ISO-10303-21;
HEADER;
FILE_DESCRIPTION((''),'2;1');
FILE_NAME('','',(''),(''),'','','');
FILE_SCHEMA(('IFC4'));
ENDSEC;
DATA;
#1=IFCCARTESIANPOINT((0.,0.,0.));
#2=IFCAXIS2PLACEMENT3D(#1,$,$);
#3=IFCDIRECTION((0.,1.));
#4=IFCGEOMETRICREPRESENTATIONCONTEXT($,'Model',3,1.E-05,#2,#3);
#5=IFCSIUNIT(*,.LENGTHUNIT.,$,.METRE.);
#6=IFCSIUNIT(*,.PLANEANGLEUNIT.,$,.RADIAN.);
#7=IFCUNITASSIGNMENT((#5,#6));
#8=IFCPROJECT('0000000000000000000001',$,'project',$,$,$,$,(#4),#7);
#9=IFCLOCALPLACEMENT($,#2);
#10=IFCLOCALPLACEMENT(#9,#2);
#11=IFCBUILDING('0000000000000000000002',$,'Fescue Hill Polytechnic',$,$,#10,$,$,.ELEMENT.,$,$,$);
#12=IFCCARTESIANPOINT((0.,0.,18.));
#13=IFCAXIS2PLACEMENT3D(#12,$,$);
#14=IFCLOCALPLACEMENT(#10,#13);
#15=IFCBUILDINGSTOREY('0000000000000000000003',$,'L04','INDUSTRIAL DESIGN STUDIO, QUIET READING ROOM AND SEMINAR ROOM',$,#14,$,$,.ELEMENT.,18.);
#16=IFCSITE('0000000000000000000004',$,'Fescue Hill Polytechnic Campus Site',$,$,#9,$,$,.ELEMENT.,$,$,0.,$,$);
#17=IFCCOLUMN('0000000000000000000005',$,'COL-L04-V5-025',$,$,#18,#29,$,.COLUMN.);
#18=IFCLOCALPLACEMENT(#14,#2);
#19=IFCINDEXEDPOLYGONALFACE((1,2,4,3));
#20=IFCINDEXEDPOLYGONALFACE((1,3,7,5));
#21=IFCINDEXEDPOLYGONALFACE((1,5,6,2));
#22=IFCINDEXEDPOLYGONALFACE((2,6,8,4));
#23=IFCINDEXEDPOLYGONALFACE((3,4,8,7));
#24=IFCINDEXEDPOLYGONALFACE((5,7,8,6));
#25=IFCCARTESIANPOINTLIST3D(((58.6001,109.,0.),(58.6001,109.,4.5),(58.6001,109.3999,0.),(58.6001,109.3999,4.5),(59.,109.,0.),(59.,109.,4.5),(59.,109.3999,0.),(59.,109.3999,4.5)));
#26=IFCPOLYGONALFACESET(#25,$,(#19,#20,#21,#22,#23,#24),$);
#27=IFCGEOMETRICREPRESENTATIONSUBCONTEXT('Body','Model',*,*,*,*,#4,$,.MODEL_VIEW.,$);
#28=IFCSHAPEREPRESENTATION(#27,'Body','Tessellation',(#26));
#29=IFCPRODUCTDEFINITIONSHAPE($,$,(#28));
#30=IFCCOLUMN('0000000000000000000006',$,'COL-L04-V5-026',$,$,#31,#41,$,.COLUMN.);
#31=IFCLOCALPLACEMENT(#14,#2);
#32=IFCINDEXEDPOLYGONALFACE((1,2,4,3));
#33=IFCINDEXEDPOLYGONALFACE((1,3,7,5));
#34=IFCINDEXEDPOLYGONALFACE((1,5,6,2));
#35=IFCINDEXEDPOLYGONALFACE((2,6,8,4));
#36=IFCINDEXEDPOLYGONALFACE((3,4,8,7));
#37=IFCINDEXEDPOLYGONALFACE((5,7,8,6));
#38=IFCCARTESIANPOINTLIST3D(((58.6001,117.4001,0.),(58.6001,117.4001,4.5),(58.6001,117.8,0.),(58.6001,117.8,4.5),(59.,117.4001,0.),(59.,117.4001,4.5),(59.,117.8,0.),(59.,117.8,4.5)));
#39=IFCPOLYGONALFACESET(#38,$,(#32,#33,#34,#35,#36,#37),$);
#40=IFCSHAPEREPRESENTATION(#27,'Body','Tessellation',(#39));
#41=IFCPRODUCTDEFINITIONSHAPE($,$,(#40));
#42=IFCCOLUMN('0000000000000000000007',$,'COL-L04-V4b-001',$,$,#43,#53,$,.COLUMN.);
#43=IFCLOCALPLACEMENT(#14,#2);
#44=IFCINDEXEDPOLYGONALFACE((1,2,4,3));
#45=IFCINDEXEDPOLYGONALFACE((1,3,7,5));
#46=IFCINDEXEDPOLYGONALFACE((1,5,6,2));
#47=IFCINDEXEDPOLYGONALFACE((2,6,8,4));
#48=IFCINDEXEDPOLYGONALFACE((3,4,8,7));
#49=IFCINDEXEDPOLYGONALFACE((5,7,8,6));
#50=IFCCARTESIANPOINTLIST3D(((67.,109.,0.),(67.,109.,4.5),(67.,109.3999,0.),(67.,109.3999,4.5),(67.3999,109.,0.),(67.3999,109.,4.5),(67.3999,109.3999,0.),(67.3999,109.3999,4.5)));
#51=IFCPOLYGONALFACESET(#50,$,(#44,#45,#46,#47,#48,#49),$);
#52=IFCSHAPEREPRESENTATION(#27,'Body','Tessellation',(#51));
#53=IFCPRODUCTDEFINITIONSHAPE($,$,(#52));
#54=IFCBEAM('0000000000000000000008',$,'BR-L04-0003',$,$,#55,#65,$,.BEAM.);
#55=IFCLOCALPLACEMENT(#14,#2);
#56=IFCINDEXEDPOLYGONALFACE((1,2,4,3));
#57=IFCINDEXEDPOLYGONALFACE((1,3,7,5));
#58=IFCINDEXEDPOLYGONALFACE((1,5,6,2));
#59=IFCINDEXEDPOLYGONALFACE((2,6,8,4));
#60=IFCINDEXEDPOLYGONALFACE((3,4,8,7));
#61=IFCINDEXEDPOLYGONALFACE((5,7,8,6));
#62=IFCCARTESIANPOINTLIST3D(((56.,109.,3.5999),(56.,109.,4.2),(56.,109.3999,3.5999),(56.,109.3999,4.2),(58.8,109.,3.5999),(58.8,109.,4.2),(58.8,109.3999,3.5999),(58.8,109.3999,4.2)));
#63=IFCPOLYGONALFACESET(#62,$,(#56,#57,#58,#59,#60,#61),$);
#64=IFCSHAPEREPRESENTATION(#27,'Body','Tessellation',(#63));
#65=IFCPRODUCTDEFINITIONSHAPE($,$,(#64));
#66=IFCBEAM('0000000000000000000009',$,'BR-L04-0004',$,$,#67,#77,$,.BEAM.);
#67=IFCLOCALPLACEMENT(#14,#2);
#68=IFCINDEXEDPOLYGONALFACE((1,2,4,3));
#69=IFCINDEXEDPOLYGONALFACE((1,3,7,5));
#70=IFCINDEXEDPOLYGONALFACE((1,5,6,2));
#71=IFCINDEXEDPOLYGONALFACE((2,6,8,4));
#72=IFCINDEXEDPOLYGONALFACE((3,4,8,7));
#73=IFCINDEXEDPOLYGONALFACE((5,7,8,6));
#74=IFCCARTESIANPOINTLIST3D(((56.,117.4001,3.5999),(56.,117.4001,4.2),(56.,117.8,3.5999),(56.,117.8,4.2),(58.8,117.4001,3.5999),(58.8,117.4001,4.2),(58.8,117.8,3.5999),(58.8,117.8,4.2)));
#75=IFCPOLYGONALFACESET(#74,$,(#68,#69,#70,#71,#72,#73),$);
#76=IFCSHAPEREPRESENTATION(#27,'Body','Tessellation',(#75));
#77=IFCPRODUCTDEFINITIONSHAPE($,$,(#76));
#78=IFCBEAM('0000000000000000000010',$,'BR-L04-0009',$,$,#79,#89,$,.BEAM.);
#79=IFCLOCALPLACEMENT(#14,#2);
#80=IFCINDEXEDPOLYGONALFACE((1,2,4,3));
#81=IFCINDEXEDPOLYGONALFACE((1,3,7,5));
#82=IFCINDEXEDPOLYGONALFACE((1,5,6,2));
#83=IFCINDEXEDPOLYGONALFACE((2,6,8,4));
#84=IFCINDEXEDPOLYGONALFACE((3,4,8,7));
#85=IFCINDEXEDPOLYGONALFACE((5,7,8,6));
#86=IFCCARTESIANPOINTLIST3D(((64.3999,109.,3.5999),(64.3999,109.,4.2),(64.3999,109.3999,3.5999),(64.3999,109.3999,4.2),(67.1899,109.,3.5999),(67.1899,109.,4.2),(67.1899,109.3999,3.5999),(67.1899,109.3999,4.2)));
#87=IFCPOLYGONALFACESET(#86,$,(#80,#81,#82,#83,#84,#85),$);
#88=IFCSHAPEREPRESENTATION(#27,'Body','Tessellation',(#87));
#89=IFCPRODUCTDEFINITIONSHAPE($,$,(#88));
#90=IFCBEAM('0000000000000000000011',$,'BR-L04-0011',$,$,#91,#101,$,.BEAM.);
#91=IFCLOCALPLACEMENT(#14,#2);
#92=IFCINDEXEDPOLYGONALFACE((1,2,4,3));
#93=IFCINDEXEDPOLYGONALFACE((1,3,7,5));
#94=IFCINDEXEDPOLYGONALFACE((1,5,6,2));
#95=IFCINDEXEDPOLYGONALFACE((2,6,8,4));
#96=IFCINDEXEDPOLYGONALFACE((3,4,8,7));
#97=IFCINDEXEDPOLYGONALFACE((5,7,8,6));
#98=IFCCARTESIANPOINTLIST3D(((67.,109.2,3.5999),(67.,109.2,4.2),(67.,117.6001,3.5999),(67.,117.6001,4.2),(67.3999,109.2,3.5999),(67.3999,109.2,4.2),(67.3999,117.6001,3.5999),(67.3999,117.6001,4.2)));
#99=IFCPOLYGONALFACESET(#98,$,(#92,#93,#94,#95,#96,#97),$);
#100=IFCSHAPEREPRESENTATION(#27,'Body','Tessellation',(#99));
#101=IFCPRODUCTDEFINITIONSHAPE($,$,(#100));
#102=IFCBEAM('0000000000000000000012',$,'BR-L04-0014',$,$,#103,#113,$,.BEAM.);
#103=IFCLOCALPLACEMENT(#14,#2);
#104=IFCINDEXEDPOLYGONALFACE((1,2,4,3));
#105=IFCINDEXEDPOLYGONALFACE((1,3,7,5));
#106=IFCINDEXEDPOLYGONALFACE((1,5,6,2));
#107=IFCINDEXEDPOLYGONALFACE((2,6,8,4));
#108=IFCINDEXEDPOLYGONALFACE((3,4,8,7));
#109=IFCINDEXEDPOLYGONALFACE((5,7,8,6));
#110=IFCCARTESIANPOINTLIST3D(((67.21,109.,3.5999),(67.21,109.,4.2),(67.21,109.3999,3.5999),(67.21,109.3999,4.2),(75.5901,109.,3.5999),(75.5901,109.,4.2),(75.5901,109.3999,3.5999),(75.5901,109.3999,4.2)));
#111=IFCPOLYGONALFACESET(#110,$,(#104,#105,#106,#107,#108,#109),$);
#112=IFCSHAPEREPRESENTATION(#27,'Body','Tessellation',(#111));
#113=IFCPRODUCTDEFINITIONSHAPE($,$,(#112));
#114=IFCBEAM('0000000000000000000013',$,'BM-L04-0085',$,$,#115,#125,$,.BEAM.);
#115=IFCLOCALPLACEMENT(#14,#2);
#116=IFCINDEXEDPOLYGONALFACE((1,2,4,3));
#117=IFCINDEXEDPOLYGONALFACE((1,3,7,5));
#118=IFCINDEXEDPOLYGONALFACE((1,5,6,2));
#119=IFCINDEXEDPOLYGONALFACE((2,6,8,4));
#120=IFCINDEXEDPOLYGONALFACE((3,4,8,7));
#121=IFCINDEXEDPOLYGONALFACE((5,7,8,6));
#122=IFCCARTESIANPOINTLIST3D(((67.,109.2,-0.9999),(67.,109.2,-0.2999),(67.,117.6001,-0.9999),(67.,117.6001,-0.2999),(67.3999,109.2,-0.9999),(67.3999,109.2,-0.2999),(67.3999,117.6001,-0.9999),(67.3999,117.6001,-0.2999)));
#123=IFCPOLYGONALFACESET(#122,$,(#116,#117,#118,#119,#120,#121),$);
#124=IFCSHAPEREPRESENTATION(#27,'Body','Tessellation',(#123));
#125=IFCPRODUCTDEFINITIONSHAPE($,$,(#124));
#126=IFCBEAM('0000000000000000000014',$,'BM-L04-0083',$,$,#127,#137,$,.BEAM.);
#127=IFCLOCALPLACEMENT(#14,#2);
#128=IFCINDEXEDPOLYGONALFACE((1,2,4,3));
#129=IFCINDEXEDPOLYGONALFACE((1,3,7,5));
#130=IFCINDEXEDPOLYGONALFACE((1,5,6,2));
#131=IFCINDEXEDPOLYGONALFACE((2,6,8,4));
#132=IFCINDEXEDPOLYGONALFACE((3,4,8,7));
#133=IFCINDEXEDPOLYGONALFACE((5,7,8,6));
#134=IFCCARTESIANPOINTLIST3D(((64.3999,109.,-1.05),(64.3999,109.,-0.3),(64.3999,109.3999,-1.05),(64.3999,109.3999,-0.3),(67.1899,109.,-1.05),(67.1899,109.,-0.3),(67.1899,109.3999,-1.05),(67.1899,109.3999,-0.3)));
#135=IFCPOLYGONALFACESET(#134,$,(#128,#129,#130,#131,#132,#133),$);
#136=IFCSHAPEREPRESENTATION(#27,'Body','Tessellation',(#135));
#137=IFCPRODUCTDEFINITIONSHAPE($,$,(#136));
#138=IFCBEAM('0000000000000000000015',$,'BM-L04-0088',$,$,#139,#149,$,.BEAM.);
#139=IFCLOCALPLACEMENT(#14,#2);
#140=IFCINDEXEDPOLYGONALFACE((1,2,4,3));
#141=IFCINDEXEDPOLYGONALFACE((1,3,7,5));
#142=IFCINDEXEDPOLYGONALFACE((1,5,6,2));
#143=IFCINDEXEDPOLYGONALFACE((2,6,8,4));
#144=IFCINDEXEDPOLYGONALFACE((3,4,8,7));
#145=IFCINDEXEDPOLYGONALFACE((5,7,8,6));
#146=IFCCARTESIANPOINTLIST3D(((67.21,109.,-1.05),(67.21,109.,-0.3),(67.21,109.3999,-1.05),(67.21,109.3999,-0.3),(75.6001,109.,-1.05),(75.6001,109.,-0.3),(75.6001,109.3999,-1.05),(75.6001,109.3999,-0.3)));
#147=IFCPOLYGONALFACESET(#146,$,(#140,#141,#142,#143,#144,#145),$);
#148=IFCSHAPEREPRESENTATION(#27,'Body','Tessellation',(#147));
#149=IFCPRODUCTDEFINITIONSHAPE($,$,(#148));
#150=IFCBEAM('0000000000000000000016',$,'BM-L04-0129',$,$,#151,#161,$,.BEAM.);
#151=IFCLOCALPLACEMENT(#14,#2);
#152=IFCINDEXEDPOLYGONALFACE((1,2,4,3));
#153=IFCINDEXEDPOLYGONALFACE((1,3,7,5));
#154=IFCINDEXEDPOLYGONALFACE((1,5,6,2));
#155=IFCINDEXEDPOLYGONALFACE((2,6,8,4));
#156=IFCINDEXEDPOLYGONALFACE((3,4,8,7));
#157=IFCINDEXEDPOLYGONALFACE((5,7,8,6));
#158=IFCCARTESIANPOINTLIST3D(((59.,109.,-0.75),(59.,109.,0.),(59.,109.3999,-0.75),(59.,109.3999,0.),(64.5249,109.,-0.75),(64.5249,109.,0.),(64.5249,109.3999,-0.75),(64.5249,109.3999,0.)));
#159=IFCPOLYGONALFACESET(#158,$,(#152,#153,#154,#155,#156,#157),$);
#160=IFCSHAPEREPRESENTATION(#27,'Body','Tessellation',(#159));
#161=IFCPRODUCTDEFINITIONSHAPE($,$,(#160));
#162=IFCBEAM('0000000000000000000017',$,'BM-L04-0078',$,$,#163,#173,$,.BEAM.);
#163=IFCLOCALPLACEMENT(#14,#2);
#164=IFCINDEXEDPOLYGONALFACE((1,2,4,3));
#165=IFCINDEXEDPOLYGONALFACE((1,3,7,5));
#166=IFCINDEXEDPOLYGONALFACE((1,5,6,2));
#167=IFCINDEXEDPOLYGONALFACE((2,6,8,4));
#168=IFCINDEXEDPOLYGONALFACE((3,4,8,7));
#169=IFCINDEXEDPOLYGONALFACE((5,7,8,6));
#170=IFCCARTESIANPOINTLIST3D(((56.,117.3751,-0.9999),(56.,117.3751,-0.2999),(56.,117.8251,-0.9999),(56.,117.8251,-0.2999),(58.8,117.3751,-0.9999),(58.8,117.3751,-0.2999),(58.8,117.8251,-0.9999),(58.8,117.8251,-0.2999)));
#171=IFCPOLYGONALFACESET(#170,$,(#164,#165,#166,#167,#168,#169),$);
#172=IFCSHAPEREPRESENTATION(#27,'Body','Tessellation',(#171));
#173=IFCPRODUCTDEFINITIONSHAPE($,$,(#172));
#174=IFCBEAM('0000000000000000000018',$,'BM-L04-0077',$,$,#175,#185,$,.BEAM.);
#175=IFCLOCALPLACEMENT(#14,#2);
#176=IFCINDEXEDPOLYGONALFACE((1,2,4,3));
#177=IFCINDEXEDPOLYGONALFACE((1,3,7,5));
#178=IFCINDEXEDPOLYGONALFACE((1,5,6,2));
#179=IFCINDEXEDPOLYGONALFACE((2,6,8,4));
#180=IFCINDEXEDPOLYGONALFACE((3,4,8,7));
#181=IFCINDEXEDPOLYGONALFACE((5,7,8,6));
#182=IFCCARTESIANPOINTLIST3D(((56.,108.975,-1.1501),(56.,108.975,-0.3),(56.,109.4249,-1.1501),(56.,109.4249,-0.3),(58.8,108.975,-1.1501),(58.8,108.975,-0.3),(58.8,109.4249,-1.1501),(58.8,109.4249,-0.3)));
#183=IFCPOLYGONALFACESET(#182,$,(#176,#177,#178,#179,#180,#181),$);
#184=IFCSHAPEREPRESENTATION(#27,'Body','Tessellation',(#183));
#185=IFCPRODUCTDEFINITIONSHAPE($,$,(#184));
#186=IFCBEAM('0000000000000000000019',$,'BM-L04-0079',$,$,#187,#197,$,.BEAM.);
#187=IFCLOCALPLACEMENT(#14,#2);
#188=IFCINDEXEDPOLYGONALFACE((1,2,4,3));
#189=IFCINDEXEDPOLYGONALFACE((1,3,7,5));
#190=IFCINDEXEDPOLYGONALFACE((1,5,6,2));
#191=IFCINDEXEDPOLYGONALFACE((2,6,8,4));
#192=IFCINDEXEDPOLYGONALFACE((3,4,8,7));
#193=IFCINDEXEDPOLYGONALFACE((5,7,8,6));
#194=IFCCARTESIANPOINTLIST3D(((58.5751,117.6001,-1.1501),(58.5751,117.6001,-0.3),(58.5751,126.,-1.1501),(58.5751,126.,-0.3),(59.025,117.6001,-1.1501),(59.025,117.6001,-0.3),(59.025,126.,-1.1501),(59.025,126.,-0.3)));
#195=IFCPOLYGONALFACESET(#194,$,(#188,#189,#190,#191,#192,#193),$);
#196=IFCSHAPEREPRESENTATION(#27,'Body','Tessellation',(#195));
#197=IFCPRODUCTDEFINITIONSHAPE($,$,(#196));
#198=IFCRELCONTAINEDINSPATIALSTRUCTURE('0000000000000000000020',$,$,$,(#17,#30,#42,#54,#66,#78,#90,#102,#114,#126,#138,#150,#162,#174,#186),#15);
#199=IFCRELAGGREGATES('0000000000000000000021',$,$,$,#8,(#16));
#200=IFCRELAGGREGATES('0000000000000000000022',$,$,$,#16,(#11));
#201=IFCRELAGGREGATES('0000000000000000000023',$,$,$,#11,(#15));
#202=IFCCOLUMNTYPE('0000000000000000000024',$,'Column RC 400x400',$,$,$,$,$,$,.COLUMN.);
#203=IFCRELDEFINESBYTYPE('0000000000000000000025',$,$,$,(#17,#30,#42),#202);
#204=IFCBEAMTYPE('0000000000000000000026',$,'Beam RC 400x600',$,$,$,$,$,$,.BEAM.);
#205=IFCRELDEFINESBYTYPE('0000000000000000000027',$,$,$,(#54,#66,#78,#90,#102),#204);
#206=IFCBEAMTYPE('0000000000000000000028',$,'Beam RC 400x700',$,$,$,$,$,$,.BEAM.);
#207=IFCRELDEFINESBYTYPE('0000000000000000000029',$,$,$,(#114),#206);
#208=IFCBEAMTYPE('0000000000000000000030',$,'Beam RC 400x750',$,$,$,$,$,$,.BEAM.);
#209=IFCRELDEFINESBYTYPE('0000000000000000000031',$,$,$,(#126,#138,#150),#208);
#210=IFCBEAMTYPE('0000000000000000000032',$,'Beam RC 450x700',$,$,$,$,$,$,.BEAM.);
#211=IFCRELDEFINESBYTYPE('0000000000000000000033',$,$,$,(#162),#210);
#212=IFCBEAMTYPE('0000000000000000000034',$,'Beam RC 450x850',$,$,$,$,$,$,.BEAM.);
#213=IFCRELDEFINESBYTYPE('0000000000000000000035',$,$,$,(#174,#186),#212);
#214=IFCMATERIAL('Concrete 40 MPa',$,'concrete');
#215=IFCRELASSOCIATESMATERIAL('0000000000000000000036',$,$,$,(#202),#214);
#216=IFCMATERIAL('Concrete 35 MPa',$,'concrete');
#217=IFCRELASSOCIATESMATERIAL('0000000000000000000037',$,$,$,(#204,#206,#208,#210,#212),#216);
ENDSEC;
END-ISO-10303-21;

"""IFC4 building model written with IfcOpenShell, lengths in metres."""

from ifc_helpers import new_model, si_unit, direction, frame, origin, origin_2d, place, context, subcontext, project, spatial, rectangle, extrude, material, material_profile, profile_set, type_object, element, save


model = new_model("IFC4")

# Units and contexts
model_context = context("Model", 3, precision=1e-05, world=origin(), true_north=direction((0.0, 1.0)))
body_context = subcontext(model_context, "Body", "Model", "MODEL_VIEW")
ifc_project = project(units=[si_unit("LENGTHUNIT", "METRE"), si_unit("PLANEANGLEUNIT", "RADIAN")], contexts=[model_context])

# Site, building, storey
site_placement = place(None, origin())
site = spatial("IfcSite", under=ifc_project, at=site_placement, Name="Fescue Hill Polytechnic Campus Site", CompositionType="ELEMENT", RefElevation=0.0)
building_placement = place(site_placement, origin())
building = spatial("IfcBuilding", under=site, at=building_placement, Name="Fescue Hill Polytechnic", CompositionType="ELEMENT")
storey_placement = place(building_placement, frame((0.0, 0.0, 18.0)))
storey = spatial("IfcBuildingStorey", under=building, at=storey_placement, Name="L04", Description="INDUSTRIAL DESIGN STUDIO, QUIET READING ROOM AND SEMINAR ROOM", CompositionType="ELEMENT", Elevation=18.0)

# Columns
ifc_material_1 = material(Name="Concrete 40 MPa", Category="concrete")
ifc_material_profile_1 = material_profile(ifc_material_1, rectangle(XDim=0.3999, YDim=0.3999, at=origin_2d()), Name="RC 400x400")
ifc_profile_set_1 = profile_set([ifc_material_profile_1], Name="Concrete 40 MPa")
column_type = type_object("IfcColumnType", Name="Column RC 400x400", PredefinedType="COLUMN", material=ifc_profile_set_1)
for number, where, z_axis, x_axis, name in (
    (1, (58.8, 109.2, 0.0), (0.0, 0.0, 1.0), (1.0, 0.0, 0.0), "COL-L04-V5-025"),
    (2, (58.8, 117.6001, 0.0), (0.0, 0.0, 1.0), (1.0, 0.0, 0.0), "COL-L04-V5-026"),
    (3, (67.2, 109.2, 0.0), (0.0, 0.0, 1.0), (1.0, 0.0, 0.0), "COL-L04-V4b-001"),
):
    element("IfcColumn", number, at=place(storey_placement, frame(where, z_axis=z_axis, x_axis=x_axis)), inside=storey, type_object=column_type, Name=name, PredefinedType="COLUMN", context=body_context, shape_type="SweptSolid", body=[
        extrude(rectangle(XDim=0.3999, YDim=0.3999, at=origin_2d()), origin(), (0.0, 0.0, 1.0), 4.5),
    ])

# Beams
ifc_material_2 = material(Name="Concrete 35 MPa", Category="concrete")
ifc_material_profile_2 = material_profile(ifc_material_2, rectangle(XDim=0.3999, YDim=0.6001, at=origin_2d()), Name="RC 400x600")
ifc_profile_set_2 = profile_set([ifc_material_profile_2], Name="Concrete 35 MPa")
beam_type_1 = type_object("IfcBeamType", Name="Beam RC 400x600", PredefinedType="BEAM", material=ifc_profile_set_2)
for number, where, z_axis, x_axis, name in (
    (4, (56.0, 109.2, 3.8999), (1.0, 0.0, 0.0), (0.0, 1.0, 0.0), "BR-L04-0003"),
    (5, (56.0, 117.6001, 3.8999), (1.0, 0.0, 0.0), (0.0, 1.0, 0.0), "BR-L04-0004"),
):
    element("IfcBeam", number, at=place(storey_placement, frame(where, z_axis=z_axis, x_axis=x_axis)), inside=storey, type_object=beam_type_1, Name=name, PredefinedType="BEAM", context=body_context, shape_type="SweptSolid", body=[
        extrude(rectangle(XDim=0.3999, YDim=0.6001, at=origin_2d()), origin(), (0.0, 0.0, 1.0), 2.8),
    ])
beam_1_placement = place(storey_placement, frame((64.3999, 109.2, 3.8999), z_axis=(1.0, 0.0, 0.0), x_axis=(0.0, 1.0, 0.0)))
element("IfcBeam", 6, at=beam_1_placement, inside=storey, type_object=beam_type_1, Name="BR-L04-0009", PredefinedType="BEAM", context=body_context, shape_type="SweptSolid", body=[
    extrude(rectangle(XDim=0.3999, YDim=0.6001, at=origin_2d()), origin(), (0.0, 0.0, 1.0), 2.79),
])
beam_2_placement = place(storey_placement, frame((67.2, 109.2, 3.8999), z_axis=(0.0, 1.0, 0.0), x_axis=(-1.0, 0.0, 0.0)))
element("IfcBeam", 7, at=beam_2_placement, inside=storey, type_object=beam_type_1, Name="BR-L04-0011", PredefinedType="BEAM", context=body_context, shape_type="SweptSolid", body=[
    extrude(rectangle(XDim=0.3999, YDim=0.6001, at=origin_2d()), origin(), (0.0, 0.0, 1.0), 8.4001),
])
beam_3_placement = place(storey_placement, frame((67.21, 109.2, 3.8999), z_axis=(1.0, 0.0, 0.0), x_axis=(0.0, 1.0, 0.0)))
element("IfcBeam", 8, at=beam_3_placement, inside=storey, type_object=beam_type_1, Name="BR-L04-0014", PredefinedType="BEAM", context=body_context, shape_type="SweptSolid", body=[
    extrude(rectangle(XDim=0.3999, YDim=0.6001, at=origin_2d()), origin(), (0.0, 0.0, 1.0), 8.3801),
])
ifc_material_profile_3 = material_profile(ifc_material_2, rectangle(XDim=0.3999, YDim=0.7, at=origin_2d()), Name="RC 400x700")
ifc_profile_set_3 = profile_set([ifc_material_profile_3], Name="Concrete 35 MPa")
beam_type_2 = type_object("IfcBeamType", Name="Beam RC 400x700", PredefinedType="BEAM", material=ifc_profile_set_3)
beam_4_placement = place(storey_placement, frame((67.2, 109.2, -0.6499), z_axis=(0.0, 1.0, 0.0), x_axis=(-1.0, 0.0, 0.0)))
element("IfcBeam", 9, at=beam_4_placement, inside=storey, type_object=beam_type_2, Name="BM-L04-0085", PredefinedType="BEAM", context=body_context, shape_type="SweptSolid", body=[
    extrude(rectangle(XDim=0.3999, YDim=0.7, at=origin_2d()), origin(), (0.0, 0.0, 1.0), 8.4001),
])
ifc_material_profile_4 = material_profile(ifc_material_2, rectangle(XDim=0.3999, YDim=0.75, at=origin_2d()), Name="RC 400x750")
ifc_profile_set_4 = profile_set([ifc_material_profile_4], Name="Concrete 35 MPa")
beam_type_3 = type_object("IfcBeamType", Name="Beam RC 400x750", PredefinedType="BEAM", material=ifc_profile_set_4)
beam_5_placement = place(storey_placement, frame((64.3999, 109.2, -0.675), z_axis=(1.0, 0.0, 0.0), x_axis=(0.0, 1.0, 0.0)))
element("IfcBeam", 10, at=beam_5_placement, inside=storey, type_object=beam_type_3, Name="BM-L04-0083", PredefinedType="BEAM", context=body_context, shape_type="SweptSolid", body=[
    extrude(rectangle(XDim=0.3999, YDim=0.75, at=origin_2d()), origin(), (0.0, 0.0, 1.0), 2.79),
])
beam_6_placement = place(storey_placement, frame((67.21, 109.2, -0.675), z_axis=(1.0, 0.0, 0.0), x_axis=(0.0, 1.0, 0.0)))
element("IfcBeam", 11, at=beam_6_placement, inside=storey, type_object=beam_type_3, Name="BM-L04-0088", PredefinedType="BEAM", context=body_context, shape_type="SweptSolid", body=[
    extrude(rectangle(XDim=0.3999, YDim=0.75, at=origin_2d()), origin(), (0.0, 0.0, 1.0), 8.3901),
])
beam_7_placement = place(storey_placement, frame((59.0, 109.2, -0.375), z_axis=(1.0, 0.0, 0.0), x_axis=(0.0, 1.0, 0.0)))
element("IfcBeam", 12, at=beam_7_placement, inside=storey, type_object=beam_type_3, Name="BM-L04-0129", PredefinedType="BEAM", context=body_context, shape_type="SweptSolid", body=[
    extrude(rectangle(XDim=0.3999, YDim=0.75, at=origin_2d()), origin(), (0.0, 0.0, 1.0), 5.5249),
])
ifc_material_profile_5 = material_profile(ifc_material_2, rectangle(XDim=0.45, YDim=0.7, at=origin_2d()), Name="RC 450x700")
ifc_profile_set_5 = profile_set([ifc_material_profile_5], Name="Concrete 35 MPa")
beam_type_4 = type_object("IfcBeamType", Name="Beam RC 450x700", PredefinedType="BEAM", material=ifc_profile_set_5)
beam_8_placement = place(storey_placement, frame((56.0, 117.6001, -0.6499), z_axis=(1.0, 0.0, 0.0), x_axis=(0.0, 1.0, 0.0)))
element("IfcBeam", 13, at=beam_8_placement, inside=storey, type_object=beam_type_4, Name="BM-L04-0078", PredefinedType="BEAM", context=body_context, shape_type="SweptSolid", body=[
    extrude(rectangle(XDim=0.45, YDim=0.7, at=origin_2d()), origin(), (0.0, 0.0, 1.0), 2.8),
])
ifc_material_profile_6 = material_profile(ifc_material_2, rectangle(XDim=0.45, YDim=0.8501, at=origin_2d()), Name="RC 450x850")
ifc_profile_set_6 = profile_set([ifc_material_profile_6], Name="Concrete 35 MPa")
beam_type_5 = type_object("IfcBeamType", Name="Beam RC 450x850", PredefinedType="BEAM", material=ifc_profile_set_6)
beam_9_placement = place(storey_placement, frame((56.0, 109.2, -0.7251), z_axis=(1.0, 0.0, 0.0), x_axis=(0.0, 1.0, 0.0)))
element("IfcBeam", 14, at=beam_9_placement, inside=storey, type_object=beam_type_5, Name="BM-L04-0077", PredefinedType="BEAM", context=body_context, shape_type="SweptSolid", body=[
    extrude(rectangle(XDim=0.45, YDim=0.8501, at=origin_2d()), origin(), (0.0, 0.0, 1.0), 2.8),
])
beam_10_placement = place(storey_placement, frame((58.8, 117.6001, -0.7251), z_axis=(0.0, 1.0, 0.0), x_axis=(-1.0, 0.0, 0.0)))
element("IfcBeam", 15, at=beam_10_placement, inside=storey, type_object=beam_type_5, Name="BM-L04-0079", PredefinedType="BEAM", context=body_context, shape_type="SweptSolid", body=[
    extrude(rectangle(XDim=0.45, YDim=0.8501, at=origin_2d()), origin(), (0.0, 0.0, 1.0), 8.3999),
])

save(model, "model.ifc")
